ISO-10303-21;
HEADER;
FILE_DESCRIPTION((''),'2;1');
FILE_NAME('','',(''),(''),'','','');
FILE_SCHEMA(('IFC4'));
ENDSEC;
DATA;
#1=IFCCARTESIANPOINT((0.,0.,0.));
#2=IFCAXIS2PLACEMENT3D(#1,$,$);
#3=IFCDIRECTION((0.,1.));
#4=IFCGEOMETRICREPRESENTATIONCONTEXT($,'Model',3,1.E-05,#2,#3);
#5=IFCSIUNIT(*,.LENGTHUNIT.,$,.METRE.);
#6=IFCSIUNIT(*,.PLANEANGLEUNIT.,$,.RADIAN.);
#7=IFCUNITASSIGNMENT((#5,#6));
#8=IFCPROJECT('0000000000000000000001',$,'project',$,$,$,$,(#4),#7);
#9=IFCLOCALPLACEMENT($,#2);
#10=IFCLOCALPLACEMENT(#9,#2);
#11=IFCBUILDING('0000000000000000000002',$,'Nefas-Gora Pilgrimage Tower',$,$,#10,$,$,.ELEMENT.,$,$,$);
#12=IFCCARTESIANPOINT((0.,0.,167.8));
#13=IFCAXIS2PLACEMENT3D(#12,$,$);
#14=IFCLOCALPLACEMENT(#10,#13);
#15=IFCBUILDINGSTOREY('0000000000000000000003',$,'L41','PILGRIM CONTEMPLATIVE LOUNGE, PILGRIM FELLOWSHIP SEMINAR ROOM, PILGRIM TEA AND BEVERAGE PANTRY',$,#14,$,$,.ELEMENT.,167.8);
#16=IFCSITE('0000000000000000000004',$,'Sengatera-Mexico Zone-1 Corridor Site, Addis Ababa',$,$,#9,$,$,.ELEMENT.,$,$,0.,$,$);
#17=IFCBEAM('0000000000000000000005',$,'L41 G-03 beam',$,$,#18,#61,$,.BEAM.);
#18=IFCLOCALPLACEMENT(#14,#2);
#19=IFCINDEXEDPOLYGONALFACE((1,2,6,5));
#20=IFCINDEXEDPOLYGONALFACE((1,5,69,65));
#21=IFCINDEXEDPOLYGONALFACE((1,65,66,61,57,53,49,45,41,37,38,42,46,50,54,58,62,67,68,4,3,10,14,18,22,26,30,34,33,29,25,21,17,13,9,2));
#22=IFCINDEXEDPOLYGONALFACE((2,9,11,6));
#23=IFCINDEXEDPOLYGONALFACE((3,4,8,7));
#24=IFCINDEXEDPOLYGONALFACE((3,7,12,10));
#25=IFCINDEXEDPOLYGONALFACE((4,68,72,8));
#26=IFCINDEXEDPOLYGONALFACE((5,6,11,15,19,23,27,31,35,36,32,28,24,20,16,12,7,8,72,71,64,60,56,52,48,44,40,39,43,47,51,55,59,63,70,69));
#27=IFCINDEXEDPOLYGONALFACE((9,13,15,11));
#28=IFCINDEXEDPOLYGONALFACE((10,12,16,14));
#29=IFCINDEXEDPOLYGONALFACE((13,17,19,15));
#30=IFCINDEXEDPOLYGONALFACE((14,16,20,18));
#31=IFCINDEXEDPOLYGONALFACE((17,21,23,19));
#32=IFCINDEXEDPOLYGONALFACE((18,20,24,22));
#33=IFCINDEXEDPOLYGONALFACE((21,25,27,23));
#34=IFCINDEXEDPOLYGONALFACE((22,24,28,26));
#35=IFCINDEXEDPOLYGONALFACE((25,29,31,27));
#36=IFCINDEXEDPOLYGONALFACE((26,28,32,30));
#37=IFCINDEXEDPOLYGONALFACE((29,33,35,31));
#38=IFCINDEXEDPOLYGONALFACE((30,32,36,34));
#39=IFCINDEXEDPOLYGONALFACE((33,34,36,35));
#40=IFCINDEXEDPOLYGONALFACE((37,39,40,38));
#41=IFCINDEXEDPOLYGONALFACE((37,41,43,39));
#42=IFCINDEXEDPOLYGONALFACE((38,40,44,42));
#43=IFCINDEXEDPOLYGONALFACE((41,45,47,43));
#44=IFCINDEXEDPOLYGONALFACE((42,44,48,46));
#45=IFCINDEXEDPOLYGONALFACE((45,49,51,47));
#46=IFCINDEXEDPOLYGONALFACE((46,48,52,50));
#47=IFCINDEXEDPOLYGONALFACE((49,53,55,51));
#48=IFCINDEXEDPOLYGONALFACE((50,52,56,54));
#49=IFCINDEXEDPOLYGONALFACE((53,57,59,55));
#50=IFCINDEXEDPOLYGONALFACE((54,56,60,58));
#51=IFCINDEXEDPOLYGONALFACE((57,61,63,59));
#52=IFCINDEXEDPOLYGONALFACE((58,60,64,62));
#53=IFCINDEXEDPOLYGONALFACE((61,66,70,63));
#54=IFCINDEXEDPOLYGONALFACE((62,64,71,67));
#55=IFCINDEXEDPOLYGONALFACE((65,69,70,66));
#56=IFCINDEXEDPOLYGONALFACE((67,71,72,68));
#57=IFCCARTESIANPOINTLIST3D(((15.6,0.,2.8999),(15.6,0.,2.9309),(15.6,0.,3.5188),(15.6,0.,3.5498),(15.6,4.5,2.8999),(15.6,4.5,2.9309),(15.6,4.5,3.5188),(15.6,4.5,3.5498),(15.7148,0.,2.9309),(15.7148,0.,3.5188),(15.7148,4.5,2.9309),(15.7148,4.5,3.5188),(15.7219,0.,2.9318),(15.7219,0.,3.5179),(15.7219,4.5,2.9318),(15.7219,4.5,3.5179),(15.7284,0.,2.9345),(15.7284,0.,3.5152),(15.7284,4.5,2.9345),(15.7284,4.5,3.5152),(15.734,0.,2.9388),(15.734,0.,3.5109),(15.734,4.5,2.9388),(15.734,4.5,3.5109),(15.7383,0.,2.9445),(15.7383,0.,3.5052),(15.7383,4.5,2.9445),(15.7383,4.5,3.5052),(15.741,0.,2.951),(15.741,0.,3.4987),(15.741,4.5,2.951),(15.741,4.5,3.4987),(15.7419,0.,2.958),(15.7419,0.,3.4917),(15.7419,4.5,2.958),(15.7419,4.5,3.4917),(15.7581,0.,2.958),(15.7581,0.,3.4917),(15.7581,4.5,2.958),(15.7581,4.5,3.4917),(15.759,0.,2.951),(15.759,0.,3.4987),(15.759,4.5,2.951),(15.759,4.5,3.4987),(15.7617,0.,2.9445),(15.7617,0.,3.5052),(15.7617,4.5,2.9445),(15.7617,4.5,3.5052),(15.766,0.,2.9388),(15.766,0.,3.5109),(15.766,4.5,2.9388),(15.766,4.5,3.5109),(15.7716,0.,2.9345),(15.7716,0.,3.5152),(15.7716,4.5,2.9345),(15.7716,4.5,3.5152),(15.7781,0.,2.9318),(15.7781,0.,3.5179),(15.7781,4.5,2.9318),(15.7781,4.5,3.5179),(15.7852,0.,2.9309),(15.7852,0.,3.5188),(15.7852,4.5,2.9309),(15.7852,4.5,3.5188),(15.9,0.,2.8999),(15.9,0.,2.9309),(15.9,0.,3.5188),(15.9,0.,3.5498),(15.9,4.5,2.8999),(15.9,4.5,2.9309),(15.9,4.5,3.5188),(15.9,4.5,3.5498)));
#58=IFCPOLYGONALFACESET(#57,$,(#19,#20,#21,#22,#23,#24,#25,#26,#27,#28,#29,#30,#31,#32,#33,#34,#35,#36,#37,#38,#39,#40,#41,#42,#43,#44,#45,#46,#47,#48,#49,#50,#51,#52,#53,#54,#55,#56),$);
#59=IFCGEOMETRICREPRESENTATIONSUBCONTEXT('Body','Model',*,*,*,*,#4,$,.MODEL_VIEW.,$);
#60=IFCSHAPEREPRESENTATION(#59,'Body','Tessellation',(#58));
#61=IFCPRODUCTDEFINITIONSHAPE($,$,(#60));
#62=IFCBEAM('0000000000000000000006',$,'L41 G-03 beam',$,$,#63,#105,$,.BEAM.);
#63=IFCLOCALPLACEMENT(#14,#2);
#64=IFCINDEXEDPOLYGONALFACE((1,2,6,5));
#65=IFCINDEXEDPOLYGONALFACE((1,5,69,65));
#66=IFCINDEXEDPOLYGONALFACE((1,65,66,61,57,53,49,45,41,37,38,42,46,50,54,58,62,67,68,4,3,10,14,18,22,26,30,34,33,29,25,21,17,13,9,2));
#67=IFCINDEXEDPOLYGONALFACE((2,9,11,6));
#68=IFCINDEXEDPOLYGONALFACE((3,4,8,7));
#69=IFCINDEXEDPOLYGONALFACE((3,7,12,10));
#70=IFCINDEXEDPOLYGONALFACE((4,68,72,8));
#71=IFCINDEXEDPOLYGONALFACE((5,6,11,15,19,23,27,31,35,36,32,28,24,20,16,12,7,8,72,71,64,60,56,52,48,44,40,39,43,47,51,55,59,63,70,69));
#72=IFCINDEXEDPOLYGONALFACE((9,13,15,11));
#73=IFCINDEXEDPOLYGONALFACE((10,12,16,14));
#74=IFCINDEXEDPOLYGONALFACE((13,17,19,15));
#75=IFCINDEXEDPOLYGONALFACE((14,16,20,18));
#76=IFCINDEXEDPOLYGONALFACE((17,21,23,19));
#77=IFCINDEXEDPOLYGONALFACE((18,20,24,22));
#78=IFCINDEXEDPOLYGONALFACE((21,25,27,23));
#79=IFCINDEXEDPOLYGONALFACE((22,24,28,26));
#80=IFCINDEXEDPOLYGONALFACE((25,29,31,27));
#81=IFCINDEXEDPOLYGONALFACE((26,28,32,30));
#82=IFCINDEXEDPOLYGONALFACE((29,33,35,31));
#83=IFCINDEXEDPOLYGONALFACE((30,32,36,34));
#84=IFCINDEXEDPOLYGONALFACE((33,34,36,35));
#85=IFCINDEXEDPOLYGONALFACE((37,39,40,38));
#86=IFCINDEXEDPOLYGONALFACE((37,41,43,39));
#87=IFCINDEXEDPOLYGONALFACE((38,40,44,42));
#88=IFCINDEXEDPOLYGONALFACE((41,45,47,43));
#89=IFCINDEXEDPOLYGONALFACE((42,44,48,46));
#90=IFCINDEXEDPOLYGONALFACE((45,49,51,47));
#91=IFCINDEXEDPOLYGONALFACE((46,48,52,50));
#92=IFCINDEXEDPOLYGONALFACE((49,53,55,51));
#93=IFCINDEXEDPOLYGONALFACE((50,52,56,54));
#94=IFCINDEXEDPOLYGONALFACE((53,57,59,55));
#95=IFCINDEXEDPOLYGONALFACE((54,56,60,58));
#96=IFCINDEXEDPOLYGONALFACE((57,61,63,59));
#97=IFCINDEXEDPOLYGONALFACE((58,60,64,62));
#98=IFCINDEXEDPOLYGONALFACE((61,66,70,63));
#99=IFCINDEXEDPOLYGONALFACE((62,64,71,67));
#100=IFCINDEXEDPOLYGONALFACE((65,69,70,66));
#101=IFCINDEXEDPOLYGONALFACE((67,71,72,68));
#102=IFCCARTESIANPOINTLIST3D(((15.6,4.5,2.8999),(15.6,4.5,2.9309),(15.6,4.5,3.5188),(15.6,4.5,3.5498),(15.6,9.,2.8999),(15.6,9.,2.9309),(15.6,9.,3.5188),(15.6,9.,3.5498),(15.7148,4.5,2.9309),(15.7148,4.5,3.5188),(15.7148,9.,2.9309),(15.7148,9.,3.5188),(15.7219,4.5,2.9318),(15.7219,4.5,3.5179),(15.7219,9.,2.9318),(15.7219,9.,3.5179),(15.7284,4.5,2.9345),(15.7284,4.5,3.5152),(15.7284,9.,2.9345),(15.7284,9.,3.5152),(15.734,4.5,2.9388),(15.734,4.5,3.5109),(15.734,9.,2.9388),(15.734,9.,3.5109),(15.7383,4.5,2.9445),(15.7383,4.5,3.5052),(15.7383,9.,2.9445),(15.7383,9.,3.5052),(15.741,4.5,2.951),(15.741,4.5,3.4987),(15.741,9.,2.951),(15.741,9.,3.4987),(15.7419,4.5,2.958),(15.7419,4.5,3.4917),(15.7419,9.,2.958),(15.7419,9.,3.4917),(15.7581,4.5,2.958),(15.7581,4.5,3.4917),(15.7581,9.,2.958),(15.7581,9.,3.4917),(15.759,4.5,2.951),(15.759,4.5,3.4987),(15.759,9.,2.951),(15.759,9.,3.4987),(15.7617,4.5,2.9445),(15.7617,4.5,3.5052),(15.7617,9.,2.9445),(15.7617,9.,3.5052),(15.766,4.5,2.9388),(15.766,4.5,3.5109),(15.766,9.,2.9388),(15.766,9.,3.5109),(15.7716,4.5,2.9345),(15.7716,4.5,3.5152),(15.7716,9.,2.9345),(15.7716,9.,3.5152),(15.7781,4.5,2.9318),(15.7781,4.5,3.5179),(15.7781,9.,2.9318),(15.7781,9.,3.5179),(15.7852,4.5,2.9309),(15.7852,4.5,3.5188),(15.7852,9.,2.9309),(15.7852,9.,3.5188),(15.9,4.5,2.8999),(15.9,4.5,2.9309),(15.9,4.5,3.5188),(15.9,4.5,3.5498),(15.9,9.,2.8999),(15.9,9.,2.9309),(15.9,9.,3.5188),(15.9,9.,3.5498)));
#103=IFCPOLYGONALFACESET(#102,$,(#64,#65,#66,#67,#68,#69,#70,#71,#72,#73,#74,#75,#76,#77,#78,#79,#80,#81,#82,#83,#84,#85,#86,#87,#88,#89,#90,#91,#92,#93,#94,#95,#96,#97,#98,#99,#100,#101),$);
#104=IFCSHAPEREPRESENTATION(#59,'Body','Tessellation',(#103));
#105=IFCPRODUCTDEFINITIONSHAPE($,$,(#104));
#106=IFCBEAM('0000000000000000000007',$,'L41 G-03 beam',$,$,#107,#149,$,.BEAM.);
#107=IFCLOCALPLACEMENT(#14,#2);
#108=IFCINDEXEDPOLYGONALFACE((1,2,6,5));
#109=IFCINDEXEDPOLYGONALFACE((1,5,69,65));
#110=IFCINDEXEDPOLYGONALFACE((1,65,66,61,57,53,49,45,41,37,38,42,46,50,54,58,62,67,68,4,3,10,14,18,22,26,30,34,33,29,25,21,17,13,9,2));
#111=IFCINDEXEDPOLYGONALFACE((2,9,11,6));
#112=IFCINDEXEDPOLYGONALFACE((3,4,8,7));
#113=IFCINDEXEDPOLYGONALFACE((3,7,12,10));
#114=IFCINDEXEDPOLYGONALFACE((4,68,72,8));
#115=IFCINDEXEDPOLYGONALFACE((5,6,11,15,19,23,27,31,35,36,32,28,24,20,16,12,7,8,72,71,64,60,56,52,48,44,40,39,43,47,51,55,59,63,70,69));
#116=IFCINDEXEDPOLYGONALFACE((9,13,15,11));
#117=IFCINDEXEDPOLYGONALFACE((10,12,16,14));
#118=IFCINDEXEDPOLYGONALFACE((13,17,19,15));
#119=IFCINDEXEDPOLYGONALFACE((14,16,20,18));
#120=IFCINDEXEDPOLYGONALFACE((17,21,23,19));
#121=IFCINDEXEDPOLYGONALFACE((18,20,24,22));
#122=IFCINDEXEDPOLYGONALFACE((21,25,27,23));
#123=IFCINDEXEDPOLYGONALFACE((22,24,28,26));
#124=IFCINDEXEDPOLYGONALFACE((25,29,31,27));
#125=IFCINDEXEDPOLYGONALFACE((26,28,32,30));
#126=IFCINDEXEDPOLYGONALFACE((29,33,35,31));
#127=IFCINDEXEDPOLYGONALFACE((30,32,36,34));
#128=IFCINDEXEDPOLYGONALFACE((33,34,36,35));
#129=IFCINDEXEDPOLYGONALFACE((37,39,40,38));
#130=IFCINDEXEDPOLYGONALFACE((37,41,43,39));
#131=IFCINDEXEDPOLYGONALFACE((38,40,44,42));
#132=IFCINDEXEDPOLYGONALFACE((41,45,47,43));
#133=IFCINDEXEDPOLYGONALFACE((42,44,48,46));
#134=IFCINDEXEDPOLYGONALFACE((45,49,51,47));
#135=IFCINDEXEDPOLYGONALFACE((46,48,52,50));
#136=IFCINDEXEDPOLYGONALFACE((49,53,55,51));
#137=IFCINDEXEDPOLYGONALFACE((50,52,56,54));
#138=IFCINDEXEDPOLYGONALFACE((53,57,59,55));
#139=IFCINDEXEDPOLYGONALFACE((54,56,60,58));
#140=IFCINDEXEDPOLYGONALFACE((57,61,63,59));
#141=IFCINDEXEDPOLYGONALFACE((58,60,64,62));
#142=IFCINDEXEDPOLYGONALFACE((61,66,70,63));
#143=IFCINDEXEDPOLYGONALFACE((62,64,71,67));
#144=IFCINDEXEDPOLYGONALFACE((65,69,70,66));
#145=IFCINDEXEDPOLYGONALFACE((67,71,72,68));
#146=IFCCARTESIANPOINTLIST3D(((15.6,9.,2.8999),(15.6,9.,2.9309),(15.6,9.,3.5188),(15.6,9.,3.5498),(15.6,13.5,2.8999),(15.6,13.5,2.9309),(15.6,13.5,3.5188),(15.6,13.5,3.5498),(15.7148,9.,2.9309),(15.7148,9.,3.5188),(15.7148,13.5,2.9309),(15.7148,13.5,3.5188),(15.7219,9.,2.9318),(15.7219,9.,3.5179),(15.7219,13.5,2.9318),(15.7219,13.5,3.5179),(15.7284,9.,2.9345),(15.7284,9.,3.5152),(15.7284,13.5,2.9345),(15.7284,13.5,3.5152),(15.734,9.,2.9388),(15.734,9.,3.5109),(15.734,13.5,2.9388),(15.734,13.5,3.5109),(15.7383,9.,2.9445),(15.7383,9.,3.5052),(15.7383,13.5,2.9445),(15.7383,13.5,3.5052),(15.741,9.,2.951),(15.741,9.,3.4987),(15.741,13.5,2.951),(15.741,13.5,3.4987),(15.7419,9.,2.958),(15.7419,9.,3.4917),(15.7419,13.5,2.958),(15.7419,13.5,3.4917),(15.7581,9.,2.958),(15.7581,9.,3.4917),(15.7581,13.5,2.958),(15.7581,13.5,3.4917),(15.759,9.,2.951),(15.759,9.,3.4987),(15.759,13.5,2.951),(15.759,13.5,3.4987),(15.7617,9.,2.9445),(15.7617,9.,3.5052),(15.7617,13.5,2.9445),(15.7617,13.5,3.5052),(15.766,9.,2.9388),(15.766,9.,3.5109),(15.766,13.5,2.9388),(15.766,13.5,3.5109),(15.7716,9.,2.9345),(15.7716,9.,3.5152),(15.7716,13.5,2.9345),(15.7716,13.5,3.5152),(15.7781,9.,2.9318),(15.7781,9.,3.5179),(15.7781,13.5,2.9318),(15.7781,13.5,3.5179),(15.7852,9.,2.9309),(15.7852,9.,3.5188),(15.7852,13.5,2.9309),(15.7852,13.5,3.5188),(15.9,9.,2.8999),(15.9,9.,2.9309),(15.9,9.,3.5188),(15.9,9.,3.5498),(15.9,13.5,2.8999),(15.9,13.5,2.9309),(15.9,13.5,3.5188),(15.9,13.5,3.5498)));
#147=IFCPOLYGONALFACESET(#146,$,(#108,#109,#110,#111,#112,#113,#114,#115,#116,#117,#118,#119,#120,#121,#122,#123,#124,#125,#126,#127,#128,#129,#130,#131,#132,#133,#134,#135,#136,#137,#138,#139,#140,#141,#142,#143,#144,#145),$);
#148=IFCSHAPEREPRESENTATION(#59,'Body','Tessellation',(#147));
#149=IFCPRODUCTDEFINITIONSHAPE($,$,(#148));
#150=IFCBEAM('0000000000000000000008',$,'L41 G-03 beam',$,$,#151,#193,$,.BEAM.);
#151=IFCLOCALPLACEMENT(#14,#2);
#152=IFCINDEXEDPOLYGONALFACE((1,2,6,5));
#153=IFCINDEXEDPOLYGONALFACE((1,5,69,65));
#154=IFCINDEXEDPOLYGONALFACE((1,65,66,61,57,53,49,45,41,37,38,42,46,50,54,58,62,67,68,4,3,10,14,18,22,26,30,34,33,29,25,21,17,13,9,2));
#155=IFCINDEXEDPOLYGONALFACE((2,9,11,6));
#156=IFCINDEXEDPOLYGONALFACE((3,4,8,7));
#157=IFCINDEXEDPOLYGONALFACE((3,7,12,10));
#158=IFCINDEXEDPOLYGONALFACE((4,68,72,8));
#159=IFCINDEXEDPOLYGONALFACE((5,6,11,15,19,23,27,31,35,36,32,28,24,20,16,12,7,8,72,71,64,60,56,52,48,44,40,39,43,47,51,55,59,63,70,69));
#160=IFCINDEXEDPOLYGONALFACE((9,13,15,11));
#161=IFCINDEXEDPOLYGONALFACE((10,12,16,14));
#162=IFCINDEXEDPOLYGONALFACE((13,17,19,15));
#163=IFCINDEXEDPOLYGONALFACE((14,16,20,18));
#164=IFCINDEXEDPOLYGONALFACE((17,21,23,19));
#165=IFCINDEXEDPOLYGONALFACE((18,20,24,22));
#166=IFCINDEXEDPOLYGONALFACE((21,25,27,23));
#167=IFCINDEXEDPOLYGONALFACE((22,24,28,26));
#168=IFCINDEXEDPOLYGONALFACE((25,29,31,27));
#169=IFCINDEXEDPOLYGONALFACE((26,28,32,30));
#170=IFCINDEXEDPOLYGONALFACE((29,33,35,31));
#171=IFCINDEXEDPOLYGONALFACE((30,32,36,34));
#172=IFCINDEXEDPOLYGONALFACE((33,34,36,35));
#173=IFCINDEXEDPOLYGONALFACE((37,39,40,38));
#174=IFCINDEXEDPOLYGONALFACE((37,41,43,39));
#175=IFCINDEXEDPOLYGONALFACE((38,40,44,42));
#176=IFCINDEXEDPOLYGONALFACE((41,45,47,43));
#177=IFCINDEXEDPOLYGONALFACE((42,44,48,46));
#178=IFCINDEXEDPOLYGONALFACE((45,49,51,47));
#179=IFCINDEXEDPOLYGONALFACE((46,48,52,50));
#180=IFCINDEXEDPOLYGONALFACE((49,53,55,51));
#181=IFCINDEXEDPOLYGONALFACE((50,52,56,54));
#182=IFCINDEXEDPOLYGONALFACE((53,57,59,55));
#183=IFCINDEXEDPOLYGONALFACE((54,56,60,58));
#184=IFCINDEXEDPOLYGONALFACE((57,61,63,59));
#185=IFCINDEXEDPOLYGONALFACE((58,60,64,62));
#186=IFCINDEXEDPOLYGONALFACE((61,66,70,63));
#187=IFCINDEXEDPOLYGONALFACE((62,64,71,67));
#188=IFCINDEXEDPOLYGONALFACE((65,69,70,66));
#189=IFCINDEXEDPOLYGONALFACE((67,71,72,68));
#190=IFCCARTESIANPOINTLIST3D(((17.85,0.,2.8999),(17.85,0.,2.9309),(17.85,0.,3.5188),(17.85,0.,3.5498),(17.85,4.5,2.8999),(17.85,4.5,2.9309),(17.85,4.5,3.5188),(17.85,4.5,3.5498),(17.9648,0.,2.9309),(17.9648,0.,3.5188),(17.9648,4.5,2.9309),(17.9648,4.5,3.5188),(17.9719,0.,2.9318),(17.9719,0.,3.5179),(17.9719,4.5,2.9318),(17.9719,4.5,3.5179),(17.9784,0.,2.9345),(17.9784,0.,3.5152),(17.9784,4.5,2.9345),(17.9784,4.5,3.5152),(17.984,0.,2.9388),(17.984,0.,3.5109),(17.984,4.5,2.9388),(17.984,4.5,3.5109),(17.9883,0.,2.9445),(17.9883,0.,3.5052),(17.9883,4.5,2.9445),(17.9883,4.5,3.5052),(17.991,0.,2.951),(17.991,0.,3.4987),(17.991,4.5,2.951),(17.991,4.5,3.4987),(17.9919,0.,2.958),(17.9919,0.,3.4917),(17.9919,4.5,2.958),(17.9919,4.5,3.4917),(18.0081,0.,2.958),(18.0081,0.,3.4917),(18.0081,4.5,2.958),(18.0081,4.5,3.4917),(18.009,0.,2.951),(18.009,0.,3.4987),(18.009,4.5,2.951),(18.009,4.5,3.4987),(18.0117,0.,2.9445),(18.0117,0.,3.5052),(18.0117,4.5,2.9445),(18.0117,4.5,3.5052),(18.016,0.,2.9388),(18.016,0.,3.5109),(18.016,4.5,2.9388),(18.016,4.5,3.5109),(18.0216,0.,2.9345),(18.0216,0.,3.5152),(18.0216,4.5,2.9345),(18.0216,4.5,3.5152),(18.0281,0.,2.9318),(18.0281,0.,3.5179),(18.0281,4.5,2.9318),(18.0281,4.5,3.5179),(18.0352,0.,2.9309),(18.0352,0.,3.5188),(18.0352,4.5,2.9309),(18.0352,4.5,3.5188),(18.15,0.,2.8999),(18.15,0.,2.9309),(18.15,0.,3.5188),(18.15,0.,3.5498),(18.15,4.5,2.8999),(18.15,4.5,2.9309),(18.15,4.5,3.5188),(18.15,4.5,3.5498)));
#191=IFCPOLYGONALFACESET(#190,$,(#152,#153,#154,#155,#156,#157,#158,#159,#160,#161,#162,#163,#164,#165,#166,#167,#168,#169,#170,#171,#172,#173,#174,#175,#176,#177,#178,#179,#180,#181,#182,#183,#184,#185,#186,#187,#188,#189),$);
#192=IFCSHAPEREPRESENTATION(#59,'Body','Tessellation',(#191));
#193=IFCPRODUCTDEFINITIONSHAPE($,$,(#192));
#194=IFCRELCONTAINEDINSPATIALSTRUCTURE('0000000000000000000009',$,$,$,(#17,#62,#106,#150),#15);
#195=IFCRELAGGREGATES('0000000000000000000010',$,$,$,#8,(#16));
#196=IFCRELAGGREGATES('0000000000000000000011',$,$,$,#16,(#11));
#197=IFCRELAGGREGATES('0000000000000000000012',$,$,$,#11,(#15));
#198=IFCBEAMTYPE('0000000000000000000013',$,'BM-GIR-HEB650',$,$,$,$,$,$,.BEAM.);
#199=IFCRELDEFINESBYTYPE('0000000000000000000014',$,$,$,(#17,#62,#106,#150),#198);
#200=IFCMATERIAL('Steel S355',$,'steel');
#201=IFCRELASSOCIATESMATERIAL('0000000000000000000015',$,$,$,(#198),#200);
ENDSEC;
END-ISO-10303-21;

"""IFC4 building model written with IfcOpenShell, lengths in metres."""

from ifc_helpers import new_model, si_unit, direction, frame, origin, origin_2d, place, context, subcontext, project, spatial, i_section, extrude, source, transform, mapped, material, material_profile, profile_set, type_object, element, save


model = new_model("IFC4")

# Units and contexts
model_context = context("Model", 3, precision=1e-05, world=origin(), true_north=direction((0.0, 1.0)))
body_context = subcontext(model_context, "Body", "Model", "MODEL_VIEW")
ifc_project = project(units=[si_unit("LENGTHUNIT", "METRE"), si_unit("PLANEANGLEUNIT", "RADIAN")], contexts=[model_context])

# Site, building, storey
site_placement = place(None, origin())
site = spatial("IfcSite", under=ifc_project, at=site_placement, Name="Sengatera-Mexico Zone-1 Corridor Site, Addis Ababa", CompositionType="ELEMENT", RefElevation=0.0)
building_placement = place(site_placement, origin())
building = spatial("IfcBuilding", under=site, at=building_placement, Name="Nefas-Gora Pilgrimage Tower", CompositionType="ELEMENT")
storey_placement = place(building_placement, frame((0.0, 0.0, 167.8)))
storey = spatial("IfcBuildingStorey", under=building, at=storey_placement, Name="L41", Description="PILGRIM CONTEMPLATIVE LOUNGE, PILGRIM FELLOWSHIP SEMINAR ROOM, PILGRIM TEA AND BEVERAGE PANTRY", CompositionType="ELEMENT", Elevation=167.8)

# Beams
ifc_material_1 = material(Name="Steel S355", Category="steel")
ifc_material_profile_1 = material_profile(ifc_material_1, i_section(OverallWidth=0.3, OverallDepth=0.6499, WebThickness=0.0161, FlangeThickness=0.031, FilletRadius=0.0271, at=origin_2d()), Name="HEB 650")
ifc_profile_set_1 = profile_set([ifc_material_profile_1], Name="Steel S355")
beam_type_1 = type_object("IfcBeamType", Name="BM-GIR-HEB650", PredefinedType="BEAM", material=ifc_profile_set_1)
shared_shape_1 = source(origin(), body_context, "Body", "SweptSolid", [
    extrude(i_section(OverallWidth=0.3, OverallDepth=0.6499, WebThickness=0.0161, FlangeThickness=0.031, FilletRadius=0.0271, at=origin_2d()), origin(), (0.0, 0.0, 1.0), 4.5),
])
for number, where, z_axis, x_axis, name in (
    (1, (15.75, 0.0, 3.2249), (0.0, 1.0, 0.0), (-1.0, 0.0, 0.0), "L41 G-03 beam"),
    (2, (15.75, 4.5, 3.2249), (0.0, 1.0, 0.0), (-1.0, 0.0, 0.0), "L41 G-03 beam"),
    (3, (15.75, 9.0, 3.2249), (0.0, 1.0, 0.0), (-1.0, 0.0, 0.0), "L41 G-03 beam"),
    (4, (18.0, 0.0, 3.2249), (0.0, 1.0, 0.0), (-1.0, 0.0, 0.0), "L41 G-03 beam"),
):
    element("IfcBeam", number, at=place(storey_placement, frame(where, z_axis=z_axis, x_axis=x_axis)), inside=storey, type_object=beam_type_1, Name=name, PredefinedType="BEAM", context=body_context, shape_type="MappedRepresentation", body=[
        mapped(shared_shape_1, transform((0.0, 0.0, 0.0), x_axis=(1.0, 0.0, 0.0), y_axis=(0.0, 1.0, 0.0), z_axis=(0.0, 0.0, 1.0), scale=1.0)),
    ])

save(model, "model.ifc")
